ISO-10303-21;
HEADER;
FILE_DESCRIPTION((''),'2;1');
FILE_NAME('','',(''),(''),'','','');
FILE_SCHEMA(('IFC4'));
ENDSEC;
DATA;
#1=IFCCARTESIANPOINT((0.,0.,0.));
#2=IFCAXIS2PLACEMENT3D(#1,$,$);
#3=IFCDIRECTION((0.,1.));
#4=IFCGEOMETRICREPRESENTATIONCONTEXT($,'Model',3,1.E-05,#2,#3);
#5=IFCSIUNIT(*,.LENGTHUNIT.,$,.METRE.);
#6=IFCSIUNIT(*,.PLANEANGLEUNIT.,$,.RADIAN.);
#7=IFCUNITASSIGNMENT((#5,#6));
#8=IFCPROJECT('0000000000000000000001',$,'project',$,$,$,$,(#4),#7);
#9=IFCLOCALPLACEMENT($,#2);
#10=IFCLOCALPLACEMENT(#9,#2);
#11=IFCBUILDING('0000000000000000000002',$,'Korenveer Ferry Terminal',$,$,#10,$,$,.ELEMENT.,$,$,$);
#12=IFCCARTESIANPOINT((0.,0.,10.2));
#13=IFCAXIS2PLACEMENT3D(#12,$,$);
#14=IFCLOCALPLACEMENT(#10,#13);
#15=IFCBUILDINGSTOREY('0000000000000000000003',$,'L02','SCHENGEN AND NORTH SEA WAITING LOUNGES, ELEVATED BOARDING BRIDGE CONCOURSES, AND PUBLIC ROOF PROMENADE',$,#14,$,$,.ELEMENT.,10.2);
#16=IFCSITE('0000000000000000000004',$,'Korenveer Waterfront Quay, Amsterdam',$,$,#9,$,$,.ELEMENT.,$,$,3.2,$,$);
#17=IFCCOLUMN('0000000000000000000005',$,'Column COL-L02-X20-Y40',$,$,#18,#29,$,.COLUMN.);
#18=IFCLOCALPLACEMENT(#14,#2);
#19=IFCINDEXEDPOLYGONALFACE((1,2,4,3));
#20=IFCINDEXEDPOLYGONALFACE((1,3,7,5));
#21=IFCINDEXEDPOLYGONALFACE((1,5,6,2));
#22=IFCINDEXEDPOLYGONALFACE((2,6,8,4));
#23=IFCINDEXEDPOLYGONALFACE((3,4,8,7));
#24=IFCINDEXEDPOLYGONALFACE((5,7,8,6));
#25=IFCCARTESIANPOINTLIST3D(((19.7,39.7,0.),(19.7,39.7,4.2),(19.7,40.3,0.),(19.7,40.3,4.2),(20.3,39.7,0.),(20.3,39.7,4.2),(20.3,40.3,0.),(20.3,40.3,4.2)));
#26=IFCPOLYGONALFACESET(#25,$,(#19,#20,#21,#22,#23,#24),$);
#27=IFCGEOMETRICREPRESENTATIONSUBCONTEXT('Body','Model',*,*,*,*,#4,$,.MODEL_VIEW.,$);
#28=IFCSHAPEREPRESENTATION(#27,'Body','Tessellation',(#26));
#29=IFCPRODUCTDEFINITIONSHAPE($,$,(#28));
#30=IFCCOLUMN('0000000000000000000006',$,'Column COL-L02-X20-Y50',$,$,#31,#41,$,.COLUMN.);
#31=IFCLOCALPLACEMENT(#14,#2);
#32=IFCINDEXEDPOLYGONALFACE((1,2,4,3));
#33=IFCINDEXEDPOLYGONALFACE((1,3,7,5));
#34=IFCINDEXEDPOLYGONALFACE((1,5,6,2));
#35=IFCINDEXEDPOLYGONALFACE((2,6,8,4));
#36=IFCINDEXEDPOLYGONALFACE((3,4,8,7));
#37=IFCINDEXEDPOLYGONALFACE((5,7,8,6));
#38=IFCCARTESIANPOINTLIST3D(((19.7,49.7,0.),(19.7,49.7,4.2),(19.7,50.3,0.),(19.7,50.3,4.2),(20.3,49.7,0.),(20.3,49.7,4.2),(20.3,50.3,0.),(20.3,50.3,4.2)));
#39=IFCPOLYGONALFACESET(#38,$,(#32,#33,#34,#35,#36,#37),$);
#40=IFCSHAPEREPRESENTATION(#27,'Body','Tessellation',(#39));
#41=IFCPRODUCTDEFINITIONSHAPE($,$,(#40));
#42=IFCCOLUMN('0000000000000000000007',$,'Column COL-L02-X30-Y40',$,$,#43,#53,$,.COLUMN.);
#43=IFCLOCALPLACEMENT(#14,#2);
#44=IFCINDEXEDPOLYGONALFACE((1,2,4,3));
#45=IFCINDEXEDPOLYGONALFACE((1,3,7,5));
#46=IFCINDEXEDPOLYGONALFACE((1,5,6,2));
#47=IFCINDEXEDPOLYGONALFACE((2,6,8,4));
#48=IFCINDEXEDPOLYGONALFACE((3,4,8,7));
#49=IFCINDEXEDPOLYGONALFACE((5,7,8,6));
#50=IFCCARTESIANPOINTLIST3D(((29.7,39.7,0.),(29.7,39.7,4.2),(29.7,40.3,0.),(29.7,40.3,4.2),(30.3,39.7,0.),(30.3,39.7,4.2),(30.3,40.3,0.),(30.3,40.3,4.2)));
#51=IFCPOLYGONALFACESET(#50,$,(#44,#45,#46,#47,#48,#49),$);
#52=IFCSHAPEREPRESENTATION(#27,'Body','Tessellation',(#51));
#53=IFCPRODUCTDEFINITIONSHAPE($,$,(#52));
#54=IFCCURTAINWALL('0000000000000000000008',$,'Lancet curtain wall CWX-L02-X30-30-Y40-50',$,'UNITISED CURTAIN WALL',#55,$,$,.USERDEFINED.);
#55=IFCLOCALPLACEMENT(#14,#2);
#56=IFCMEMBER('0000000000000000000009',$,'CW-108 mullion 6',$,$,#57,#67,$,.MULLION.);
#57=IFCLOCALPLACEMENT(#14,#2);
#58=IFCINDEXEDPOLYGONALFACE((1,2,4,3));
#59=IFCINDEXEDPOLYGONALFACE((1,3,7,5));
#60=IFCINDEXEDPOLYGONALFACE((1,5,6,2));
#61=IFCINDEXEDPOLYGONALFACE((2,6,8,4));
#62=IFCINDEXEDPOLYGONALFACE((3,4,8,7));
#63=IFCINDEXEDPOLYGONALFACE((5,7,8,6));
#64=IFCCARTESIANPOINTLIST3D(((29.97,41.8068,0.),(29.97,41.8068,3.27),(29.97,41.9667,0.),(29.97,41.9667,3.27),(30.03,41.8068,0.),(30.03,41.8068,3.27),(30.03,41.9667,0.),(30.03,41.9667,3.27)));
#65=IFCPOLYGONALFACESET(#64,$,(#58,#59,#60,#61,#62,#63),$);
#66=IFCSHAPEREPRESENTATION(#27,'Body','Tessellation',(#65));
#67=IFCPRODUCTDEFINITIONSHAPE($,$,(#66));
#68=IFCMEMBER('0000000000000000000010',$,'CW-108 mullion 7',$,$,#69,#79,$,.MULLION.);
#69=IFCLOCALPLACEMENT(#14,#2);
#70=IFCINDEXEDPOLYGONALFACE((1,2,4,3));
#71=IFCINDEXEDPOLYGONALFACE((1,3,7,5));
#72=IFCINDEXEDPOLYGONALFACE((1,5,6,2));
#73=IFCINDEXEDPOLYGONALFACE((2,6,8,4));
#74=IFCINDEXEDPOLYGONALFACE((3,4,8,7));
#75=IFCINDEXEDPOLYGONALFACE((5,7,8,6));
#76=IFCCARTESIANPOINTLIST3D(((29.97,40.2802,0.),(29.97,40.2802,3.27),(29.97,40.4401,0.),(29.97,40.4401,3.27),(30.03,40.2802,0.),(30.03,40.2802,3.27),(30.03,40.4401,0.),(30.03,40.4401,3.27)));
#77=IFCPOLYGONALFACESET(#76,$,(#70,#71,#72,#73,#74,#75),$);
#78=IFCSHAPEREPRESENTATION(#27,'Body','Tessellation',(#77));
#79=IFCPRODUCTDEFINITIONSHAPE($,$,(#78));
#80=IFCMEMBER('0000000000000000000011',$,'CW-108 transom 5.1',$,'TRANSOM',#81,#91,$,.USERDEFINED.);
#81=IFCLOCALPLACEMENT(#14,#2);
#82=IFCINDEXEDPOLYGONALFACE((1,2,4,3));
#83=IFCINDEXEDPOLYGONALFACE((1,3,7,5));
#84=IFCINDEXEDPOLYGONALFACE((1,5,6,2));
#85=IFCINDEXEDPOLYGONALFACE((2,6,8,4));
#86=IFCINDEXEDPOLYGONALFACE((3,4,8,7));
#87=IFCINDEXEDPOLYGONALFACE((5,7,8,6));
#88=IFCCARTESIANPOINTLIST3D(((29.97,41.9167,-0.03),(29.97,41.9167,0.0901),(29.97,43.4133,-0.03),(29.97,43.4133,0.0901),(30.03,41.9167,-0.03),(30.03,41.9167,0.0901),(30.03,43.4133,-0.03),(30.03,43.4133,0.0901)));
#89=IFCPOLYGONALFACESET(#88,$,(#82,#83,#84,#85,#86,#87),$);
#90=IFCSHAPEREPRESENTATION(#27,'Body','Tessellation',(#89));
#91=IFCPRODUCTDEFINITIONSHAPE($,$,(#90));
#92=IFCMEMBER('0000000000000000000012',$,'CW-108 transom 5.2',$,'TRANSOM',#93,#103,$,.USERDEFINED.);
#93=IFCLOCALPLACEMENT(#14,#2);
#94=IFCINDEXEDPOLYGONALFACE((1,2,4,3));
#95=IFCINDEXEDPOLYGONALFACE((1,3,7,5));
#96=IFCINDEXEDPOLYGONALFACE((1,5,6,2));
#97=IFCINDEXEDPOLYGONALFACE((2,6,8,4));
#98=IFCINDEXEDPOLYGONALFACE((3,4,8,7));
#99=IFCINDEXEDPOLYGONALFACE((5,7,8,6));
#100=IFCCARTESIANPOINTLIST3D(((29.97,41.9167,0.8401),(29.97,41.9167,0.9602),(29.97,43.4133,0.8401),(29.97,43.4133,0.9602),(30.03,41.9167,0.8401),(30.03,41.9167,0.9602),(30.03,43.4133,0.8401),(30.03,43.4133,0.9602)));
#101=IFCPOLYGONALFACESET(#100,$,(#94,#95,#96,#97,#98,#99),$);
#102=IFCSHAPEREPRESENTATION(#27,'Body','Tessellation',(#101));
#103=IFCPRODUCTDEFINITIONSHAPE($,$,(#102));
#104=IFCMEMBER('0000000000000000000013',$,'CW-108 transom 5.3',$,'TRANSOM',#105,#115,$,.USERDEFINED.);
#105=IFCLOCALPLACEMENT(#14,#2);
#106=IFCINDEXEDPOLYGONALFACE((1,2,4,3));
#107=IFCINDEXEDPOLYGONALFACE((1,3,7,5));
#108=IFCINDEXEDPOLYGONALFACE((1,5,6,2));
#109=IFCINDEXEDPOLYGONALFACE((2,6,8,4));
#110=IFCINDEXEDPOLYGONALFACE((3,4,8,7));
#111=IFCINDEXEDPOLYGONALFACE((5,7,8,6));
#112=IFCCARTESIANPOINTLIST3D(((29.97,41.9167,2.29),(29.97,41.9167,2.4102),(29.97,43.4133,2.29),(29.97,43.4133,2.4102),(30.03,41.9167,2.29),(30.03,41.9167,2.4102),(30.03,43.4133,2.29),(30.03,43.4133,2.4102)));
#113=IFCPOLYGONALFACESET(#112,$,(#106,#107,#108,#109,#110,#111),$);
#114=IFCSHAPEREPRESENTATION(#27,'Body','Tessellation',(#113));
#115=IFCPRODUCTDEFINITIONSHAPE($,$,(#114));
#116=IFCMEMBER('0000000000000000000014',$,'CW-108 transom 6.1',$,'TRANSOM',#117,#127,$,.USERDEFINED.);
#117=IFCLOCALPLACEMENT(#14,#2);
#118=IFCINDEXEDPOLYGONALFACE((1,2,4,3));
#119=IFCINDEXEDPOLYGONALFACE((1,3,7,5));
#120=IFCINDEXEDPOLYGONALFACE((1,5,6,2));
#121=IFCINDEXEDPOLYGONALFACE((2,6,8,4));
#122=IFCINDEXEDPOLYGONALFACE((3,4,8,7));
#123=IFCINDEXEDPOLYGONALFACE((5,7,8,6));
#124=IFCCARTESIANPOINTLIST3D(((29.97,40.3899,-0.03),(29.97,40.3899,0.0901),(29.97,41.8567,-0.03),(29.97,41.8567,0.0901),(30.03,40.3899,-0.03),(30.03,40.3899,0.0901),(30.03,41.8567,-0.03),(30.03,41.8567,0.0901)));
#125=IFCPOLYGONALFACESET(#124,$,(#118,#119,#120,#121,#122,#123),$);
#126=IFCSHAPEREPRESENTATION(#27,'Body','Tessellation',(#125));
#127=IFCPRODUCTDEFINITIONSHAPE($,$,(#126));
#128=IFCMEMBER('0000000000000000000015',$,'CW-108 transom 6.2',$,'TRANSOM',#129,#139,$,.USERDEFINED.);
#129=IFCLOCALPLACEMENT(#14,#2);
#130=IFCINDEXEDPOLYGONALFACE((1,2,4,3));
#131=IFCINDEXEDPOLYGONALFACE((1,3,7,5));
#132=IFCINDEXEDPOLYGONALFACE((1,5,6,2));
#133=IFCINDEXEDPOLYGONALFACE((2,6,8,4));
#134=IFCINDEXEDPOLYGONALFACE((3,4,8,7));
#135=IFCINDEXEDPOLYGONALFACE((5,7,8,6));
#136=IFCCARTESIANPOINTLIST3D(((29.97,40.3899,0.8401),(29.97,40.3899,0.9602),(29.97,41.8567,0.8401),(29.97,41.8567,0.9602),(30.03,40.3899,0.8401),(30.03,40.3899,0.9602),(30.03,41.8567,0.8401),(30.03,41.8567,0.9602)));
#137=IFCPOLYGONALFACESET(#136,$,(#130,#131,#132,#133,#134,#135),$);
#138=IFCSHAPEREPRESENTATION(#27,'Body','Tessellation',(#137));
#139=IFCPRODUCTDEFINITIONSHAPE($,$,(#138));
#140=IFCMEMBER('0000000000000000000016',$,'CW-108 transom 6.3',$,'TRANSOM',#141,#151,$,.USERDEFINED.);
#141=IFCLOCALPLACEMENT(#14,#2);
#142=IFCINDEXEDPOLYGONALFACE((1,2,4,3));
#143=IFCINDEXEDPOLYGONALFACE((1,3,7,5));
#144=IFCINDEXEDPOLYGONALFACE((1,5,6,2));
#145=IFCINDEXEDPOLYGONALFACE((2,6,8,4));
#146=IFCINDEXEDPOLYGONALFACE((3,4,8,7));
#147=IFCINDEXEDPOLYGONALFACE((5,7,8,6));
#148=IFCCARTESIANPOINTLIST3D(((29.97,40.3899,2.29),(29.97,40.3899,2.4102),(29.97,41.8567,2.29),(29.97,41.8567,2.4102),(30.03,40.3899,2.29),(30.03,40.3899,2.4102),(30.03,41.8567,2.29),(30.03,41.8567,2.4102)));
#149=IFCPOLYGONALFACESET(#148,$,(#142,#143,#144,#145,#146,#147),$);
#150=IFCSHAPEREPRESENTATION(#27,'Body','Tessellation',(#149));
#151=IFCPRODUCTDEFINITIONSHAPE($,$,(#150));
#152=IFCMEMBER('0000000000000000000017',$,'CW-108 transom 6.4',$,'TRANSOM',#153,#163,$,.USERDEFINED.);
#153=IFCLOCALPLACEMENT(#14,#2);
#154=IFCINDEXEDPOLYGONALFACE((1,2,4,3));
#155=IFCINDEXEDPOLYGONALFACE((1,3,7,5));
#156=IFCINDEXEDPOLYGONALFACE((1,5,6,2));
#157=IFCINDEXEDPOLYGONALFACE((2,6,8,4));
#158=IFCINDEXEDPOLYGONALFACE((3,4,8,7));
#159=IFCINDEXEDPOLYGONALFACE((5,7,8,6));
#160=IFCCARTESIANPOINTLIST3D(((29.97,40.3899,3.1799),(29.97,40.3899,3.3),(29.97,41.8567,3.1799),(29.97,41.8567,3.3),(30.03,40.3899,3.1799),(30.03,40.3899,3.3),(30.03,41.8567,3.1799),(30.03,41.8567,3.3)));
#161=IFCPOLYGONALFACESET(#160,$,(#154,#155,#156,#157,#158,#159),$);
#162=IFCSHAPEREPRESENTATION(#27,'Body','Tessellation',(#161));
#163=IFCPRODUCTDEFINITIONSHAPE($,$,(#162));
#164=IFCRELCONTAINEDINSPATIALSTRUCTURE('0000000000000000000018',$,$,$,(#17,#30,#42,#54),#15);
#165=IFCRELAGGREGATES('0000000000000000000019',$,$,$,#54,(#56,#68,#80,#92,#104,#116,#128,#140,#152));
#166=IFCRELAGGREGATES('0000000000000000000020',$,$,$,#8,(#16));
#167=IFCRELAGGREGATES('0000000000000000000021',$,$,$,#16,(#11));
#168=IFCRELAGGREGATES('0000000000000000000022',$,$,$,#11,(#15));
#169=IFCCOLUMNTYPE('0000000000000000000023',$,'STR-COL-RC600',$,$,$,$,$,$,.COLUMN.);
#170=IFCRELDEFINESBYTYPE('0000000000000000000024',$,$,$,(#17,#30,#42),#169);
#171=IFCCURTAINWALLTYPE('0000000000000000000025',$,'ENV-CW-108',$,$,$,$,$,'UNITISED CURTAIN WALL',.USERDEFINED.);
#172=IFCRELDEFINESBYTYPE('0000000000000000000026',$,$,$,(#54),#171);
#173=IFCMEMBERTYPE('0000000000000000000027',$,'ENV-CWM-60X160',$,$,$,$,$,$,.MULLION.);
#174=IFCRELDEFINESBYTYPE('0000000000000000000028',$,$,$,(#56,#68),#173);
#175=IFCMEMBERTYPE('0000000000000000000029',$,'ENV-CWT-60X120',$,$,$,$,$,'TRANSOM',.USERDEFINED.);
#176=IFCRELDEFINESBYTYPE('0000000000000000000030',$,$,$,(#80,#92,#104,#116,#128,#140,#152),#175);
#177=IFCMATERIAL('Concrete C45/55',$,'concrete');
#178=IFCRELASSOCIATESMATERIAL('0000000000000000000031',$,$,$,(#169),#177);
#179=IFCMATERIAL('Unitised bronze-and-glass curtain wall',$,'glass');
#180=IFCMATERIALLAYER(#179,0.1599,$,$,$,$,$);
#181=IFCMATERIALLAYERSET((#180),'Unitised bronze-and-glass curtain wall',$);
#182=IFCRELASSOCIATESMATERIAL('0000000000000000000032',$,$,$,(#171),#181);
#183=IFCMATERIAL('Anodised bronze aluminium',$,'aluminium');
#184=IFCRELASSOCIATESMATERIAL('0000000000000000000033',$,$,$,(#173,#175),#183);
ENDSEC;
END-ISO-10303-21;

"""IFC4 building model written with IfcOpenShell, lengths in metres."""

from ifc_helpers import new_model, si_unit, direction, frame, origin, origin_2d, place, context, subcontext, project, spatial, rectangle, extrude, material, layer, layer_set, material_profile, profile_set, type_object, element, aggregate, save


model = new_model("IFC4")

# Units and contexts
model_context = context("Model", 3, precision=1e-05, world=origin(), true_north=direction((0.0, 1.0)))
body_context = subcontext(model_context, "Body", "Model", "MODEL_VIEW")
ifc_project = project(units=[si_unit("LENGTHUNIT", "METRE"), si_unit("PLANEANGLEUNIT", "RADIAN")], contexts=[model_context])

# Site, building, storey
site_placement = place(None, origin())
site = spatial("IfcSite", under=ifc_project, at=site_placement, Name="Korenveer Waterfront Quay, Amsterdam", CompositionType="ELEMENT", RefElevation=3.2)
building_placement = place(site_placement, origin())
building = spatial("IfcBuilding", under=site, at=building_placement, Name="Korenveer Ferry Terminal", CompositionType="ELEMENT")
storey_placement = place(building_placement, frame((0.0, 0.0, 10.2)))
storey = spatial("IfcBuildingStorey", under=building, at=storey_placement, Name="L02", Description="SCHENGEN AND NORTH SEA WAITING LOUNGES, ELEVATED BOARDING BRIDGE CONCOURSES, AND PUBLIC ROOF PROMENADE", CompositionType="ELEMENT", Elevation=10.2)

# Columns
ifc_material_1 = material(Name="Concrete C45/55", Category="concrete")
ifc_material_profile_1 = material_profile(ifc_material_1, rectangle(XDim=0.6001, YDim=0.6001, at=origin_2d()), Name="RC 600x600")
ifc_profile_set_1 = profile_set([ifc_material_profile_1], Name="Concrete C45/55")
column_type = type_object("IfcColumnType", Name="STR-COL-RC600", PredefinedType="COLUMN", material=ifc_profile_set_1)
for number, where, z_axis, x_axis, name in (
    (1, (20.0, 40.0, 0.0), (0.0, 0.0, 1.0), (1.0, 0.0, 0.0), "Column COL-L02-X20-Y40"),
    (2, (20.0, 50.0, 0.0), (0.0, 0.0, 1.0), (1.0, 0.0, 0.0), "Column COL-L02-X20-Y50"),
    (3, (30.0, 40.0, 0.0), (0.0, 0.0, 1.0), (1.0, 0.0, 0.0), "Column COL-L02-X30-Y40"),
):
    element("IfcColumn", number, at=place(storey_placement, frame(where, z_axis=z_axis, x_axis=x_axis)), inside=storey, type_object=column_type, Name=name, PredefinedType="COLUMN", context=body_context, shape_type="SweptSolid", body=[
        extrude(rectangle(XDim=0.6001, YDim=0.6001, at=origin_2d()), origin(), (0.0, 0.0, 1.0), 4.2),
    ])

# Curtain wall, members
ifc_material_2 = material(Name="Unitised bronze-and-glass curtain wall", Category="glass")
ifc_layer_1 = layer(ifc_material_2, 0.1599)
ifc_layer_set_1 = layer_set([ifc_layer_1], Name="Unitised bronze-and-glass curtain wall")
curtain_wall_type = type_object("IfcCurtainWallType", Name="ENV-CW-108", ElementType="UNITISED CURTAIN WALL", PredefinedType="USERDEFINED", material=ifc_layer_set_1)
curtain_wall_placement = place(storey_placement, frame((30.0, 49.6699, 0.0)))
curtain_wall = element("IfcCurtainWall", 4, at=curtain_wall_placement, inside=storey, type_object=curtain_wall_type, Name="Lancet curtain wall CWX-L02-X30-30-Y40-50", ObjectType="UNITISED CURTAIN WALL", PredefinedType="USERDEFINED")
ifc_material_3 = material(Name="Anodised bronze aluminium", Category="aluminium")
ifc_material_profile_2 = material_profile(ifc_material_3, rectangle(XDim=0.0601, YDim=0.1599, at=origin_2d()), Name="ALU 60x160")
ifc_profile_set_2 = profile_set([ifc_material_profile_2], Name="Anodised bronze aluminium")
member_type_1 = type_object("IfcMemberType", Name="ENV-CWM-60X160", PredefinedType="MULLION", material=ifc_profile_set_2)
member_1_placement = place(storey_placement, frame((30.0, 41.8867, 0.0), z_axis=(0.0, 0.0, 1.0), x_axis=(1.0, 0.0, 0.0)))
member_1 = element("IfcMember", 5, at=member_1_placement, type_object=member_type_1, Name="CW-108 mullion 6", PredefinedType="MULLION", context=body_context, shape_type="SweptSolid", body=[
    extrude(rectangle(XDim=0.0601, YDim=0.1599, at=origin_2d()), origin(), (0.0, 0.0, 1.0), 3.27),
])
member_2_placement = place(storey_placement, frame((30.0, 40.3601, 0.0), z_axis=(0.0, 0.0, 1.0), x_axis=(1.0, 0.0, 0.0)))
member_2 = element("IfcMember", 6, at=member_2_placement, type_object=member_type_1, Name="CW-108 mullion 7", PredefinedType="MULLION", context=body_context, shape_type="SweptSolid", body=[
    extrude(rectangle(XDim=0.0601, YDim=0.1599, at=origin_2d()), origin(), (0.0, 0.0, 1.0), 3.27),
])
ifc_material_profile_3 = material_profile(ifc_material_3, rectangle(XDim=0.0601, YDim=0.1201, at=origin_2d()), Name="ALU 60x120")
ifc_profile_set_3 = profile_set([ifc_material_profile_3], Name="Anodised bronze aluminium")
member_type_2 = type_object("IfcMemberType", Name="ENV-CWT-60X120", ElementType="TRANSOM", PredefinedType="USERDEFINED", material=ifc_profile_set_3)
member_3_placement = place(storey_placement, frame((30.0, 43.4133, 0.03), z_axis=(0.0, -1.0, 0.0), x_axis=(1.0, 0.0, 0.0)))
member_3 = element("IfcMember", 7, at=member_3_placement, type_object=member_type_2, Name="CW-108 transom 5.1", ObjectType="TRANSOM", PredefinedType="USERDEFINED", context=body_context, shape_type="SweptSolid", body=[
    extrude(rectangle(XDim=0.0601, YDim=0.1201, at=origin_2d()), origin(), (0.0, 0.0, 1.0), 1.4966),
])
member_4_placement = place(storey_placement, frame((30.0, 43.4133, 0.9001), z_axis=(0.0, -1.0, 0.0), x_axis=(1.0, 0.0, 0.0)))
member_4 = element("IfcMember", 8, at=member_4_placement, type_object=member_type_2, Name="CW-108 transom 5.2", ObjectType="TRANSOM", PredefinedType="USERDEFINED", context=body_context, shape_type="SweptSolid", body=[
    extrude(rectangle(XDim=0.0601, YDim=0.1201, at=origin_2d()), origin(), (0.0, 0.0, 1.0), 1.4966),
])
member_5_placement = place(storey_placement, frame((30.0, 43.4133, 2.3501), z_axis=(0.0, -1.0, 0.0), x_axis=(1.0, 0.0, 0.0)))
member_5 = element("IfcMember", 9, at=member_5_placement, type_object=member_type_2, Name="CW-108 transom 5.3", ObjectType="TRANSOM", PredefinedType="USERDEFINED", context=body_context, shape_type="SweptSolid", body=[
    extrude(rectangle(XDim=0.0601, YDim=0.1201, at=origin_2d()), origin(), (0.0, 0.0, 1.0), 1.4966),
])
member_6_placement = place(storey_placement, frame((30.0, 41.8567, 0.03), z_axis=(0.0, -1.0, 0.0), x_axis=(1.0, 0.0, 0.0)))
member_6 = element("IfcMember", 10, at=member_6_placement, type_object=member_type_2, Name="CW-108 transom 6.1", ObjectType="TRANSOM", PredefinedType="USERDEFINED", context=body_context, shape_type="SweptSolid", body=[
    extrude(rectangle(XDim=0.0601, YDim=0.1201, at=origin_2d()), origin(), (0.0, 0.0, 1.0), 1.4668),
])
member_7_placement = place(storey_placement, frame((30.0, 41.8567, 0.9001), z_axis=(0.0, -1.0, 0.0), x_axis=(1.0, 0.0, 0.0)))
member_7 = element("IfcMember", 11, at=member_7_placement, type_object=member_type_2, Name="CW-108 transom 6.2", ObjectType="TRANSOM", PredefinedType="USERDEFINED", context=body_context, shape_type="SweptSolid", body=[
    extrude(rectangle(XDim=0.0601, YDim=0.1201, at=origin_2d()), origin(), (0.0, 0.0, 1.0), 1.4668),
])
member_8_placement = place(storey_placement, frame((30.0, 41.8567, 2.3501), z_axis=(0.0, -1.0, 0.0), x_axis=(1.0, 0.0, 0.0)))
member_8 = element("IfcMember", 12, at=member_8_placement, type_object=member_type_2, Name="CW-108 transom 6.3", ObjectType="TRANSOM", PredefinedType="USERDEFINED", context=body_context, shape_type="SweptSolid", body=[
    extrude(rectangle(XDim=0.0601, YDim=0.1201, at=origin_2d()), origin(), (0.0, 0.0, 1.0), 1.4668),
])
member_9_placement = place(storey_placement, frame((30.0, 41.8567, 3.24), z_axis=(0.0, -1.0, 0.0), x_axis=(1.0, 0.0, 0.0)))
member_9 = element("IfcMember", 13, at=member_9_placement, type_object=member_type_2, Name="CW-108 transom 6.4", ObjectType="TRANSOM", PredefinedType="USERDEFINED", context=body_context, shape_type="SweptSolid", body=[
    extrude(rectangle(XDim=0.0601, YDim=0.1201, at=origin_2d()), origin(), (0.0, 0.0, 1.0), 1.4668),
])

aggregate(curtain_wall, [member_1, member_2, member_3, member_4, member_5, member_6, member_7, member_8, member_9])

save(model, "model.ifc")
